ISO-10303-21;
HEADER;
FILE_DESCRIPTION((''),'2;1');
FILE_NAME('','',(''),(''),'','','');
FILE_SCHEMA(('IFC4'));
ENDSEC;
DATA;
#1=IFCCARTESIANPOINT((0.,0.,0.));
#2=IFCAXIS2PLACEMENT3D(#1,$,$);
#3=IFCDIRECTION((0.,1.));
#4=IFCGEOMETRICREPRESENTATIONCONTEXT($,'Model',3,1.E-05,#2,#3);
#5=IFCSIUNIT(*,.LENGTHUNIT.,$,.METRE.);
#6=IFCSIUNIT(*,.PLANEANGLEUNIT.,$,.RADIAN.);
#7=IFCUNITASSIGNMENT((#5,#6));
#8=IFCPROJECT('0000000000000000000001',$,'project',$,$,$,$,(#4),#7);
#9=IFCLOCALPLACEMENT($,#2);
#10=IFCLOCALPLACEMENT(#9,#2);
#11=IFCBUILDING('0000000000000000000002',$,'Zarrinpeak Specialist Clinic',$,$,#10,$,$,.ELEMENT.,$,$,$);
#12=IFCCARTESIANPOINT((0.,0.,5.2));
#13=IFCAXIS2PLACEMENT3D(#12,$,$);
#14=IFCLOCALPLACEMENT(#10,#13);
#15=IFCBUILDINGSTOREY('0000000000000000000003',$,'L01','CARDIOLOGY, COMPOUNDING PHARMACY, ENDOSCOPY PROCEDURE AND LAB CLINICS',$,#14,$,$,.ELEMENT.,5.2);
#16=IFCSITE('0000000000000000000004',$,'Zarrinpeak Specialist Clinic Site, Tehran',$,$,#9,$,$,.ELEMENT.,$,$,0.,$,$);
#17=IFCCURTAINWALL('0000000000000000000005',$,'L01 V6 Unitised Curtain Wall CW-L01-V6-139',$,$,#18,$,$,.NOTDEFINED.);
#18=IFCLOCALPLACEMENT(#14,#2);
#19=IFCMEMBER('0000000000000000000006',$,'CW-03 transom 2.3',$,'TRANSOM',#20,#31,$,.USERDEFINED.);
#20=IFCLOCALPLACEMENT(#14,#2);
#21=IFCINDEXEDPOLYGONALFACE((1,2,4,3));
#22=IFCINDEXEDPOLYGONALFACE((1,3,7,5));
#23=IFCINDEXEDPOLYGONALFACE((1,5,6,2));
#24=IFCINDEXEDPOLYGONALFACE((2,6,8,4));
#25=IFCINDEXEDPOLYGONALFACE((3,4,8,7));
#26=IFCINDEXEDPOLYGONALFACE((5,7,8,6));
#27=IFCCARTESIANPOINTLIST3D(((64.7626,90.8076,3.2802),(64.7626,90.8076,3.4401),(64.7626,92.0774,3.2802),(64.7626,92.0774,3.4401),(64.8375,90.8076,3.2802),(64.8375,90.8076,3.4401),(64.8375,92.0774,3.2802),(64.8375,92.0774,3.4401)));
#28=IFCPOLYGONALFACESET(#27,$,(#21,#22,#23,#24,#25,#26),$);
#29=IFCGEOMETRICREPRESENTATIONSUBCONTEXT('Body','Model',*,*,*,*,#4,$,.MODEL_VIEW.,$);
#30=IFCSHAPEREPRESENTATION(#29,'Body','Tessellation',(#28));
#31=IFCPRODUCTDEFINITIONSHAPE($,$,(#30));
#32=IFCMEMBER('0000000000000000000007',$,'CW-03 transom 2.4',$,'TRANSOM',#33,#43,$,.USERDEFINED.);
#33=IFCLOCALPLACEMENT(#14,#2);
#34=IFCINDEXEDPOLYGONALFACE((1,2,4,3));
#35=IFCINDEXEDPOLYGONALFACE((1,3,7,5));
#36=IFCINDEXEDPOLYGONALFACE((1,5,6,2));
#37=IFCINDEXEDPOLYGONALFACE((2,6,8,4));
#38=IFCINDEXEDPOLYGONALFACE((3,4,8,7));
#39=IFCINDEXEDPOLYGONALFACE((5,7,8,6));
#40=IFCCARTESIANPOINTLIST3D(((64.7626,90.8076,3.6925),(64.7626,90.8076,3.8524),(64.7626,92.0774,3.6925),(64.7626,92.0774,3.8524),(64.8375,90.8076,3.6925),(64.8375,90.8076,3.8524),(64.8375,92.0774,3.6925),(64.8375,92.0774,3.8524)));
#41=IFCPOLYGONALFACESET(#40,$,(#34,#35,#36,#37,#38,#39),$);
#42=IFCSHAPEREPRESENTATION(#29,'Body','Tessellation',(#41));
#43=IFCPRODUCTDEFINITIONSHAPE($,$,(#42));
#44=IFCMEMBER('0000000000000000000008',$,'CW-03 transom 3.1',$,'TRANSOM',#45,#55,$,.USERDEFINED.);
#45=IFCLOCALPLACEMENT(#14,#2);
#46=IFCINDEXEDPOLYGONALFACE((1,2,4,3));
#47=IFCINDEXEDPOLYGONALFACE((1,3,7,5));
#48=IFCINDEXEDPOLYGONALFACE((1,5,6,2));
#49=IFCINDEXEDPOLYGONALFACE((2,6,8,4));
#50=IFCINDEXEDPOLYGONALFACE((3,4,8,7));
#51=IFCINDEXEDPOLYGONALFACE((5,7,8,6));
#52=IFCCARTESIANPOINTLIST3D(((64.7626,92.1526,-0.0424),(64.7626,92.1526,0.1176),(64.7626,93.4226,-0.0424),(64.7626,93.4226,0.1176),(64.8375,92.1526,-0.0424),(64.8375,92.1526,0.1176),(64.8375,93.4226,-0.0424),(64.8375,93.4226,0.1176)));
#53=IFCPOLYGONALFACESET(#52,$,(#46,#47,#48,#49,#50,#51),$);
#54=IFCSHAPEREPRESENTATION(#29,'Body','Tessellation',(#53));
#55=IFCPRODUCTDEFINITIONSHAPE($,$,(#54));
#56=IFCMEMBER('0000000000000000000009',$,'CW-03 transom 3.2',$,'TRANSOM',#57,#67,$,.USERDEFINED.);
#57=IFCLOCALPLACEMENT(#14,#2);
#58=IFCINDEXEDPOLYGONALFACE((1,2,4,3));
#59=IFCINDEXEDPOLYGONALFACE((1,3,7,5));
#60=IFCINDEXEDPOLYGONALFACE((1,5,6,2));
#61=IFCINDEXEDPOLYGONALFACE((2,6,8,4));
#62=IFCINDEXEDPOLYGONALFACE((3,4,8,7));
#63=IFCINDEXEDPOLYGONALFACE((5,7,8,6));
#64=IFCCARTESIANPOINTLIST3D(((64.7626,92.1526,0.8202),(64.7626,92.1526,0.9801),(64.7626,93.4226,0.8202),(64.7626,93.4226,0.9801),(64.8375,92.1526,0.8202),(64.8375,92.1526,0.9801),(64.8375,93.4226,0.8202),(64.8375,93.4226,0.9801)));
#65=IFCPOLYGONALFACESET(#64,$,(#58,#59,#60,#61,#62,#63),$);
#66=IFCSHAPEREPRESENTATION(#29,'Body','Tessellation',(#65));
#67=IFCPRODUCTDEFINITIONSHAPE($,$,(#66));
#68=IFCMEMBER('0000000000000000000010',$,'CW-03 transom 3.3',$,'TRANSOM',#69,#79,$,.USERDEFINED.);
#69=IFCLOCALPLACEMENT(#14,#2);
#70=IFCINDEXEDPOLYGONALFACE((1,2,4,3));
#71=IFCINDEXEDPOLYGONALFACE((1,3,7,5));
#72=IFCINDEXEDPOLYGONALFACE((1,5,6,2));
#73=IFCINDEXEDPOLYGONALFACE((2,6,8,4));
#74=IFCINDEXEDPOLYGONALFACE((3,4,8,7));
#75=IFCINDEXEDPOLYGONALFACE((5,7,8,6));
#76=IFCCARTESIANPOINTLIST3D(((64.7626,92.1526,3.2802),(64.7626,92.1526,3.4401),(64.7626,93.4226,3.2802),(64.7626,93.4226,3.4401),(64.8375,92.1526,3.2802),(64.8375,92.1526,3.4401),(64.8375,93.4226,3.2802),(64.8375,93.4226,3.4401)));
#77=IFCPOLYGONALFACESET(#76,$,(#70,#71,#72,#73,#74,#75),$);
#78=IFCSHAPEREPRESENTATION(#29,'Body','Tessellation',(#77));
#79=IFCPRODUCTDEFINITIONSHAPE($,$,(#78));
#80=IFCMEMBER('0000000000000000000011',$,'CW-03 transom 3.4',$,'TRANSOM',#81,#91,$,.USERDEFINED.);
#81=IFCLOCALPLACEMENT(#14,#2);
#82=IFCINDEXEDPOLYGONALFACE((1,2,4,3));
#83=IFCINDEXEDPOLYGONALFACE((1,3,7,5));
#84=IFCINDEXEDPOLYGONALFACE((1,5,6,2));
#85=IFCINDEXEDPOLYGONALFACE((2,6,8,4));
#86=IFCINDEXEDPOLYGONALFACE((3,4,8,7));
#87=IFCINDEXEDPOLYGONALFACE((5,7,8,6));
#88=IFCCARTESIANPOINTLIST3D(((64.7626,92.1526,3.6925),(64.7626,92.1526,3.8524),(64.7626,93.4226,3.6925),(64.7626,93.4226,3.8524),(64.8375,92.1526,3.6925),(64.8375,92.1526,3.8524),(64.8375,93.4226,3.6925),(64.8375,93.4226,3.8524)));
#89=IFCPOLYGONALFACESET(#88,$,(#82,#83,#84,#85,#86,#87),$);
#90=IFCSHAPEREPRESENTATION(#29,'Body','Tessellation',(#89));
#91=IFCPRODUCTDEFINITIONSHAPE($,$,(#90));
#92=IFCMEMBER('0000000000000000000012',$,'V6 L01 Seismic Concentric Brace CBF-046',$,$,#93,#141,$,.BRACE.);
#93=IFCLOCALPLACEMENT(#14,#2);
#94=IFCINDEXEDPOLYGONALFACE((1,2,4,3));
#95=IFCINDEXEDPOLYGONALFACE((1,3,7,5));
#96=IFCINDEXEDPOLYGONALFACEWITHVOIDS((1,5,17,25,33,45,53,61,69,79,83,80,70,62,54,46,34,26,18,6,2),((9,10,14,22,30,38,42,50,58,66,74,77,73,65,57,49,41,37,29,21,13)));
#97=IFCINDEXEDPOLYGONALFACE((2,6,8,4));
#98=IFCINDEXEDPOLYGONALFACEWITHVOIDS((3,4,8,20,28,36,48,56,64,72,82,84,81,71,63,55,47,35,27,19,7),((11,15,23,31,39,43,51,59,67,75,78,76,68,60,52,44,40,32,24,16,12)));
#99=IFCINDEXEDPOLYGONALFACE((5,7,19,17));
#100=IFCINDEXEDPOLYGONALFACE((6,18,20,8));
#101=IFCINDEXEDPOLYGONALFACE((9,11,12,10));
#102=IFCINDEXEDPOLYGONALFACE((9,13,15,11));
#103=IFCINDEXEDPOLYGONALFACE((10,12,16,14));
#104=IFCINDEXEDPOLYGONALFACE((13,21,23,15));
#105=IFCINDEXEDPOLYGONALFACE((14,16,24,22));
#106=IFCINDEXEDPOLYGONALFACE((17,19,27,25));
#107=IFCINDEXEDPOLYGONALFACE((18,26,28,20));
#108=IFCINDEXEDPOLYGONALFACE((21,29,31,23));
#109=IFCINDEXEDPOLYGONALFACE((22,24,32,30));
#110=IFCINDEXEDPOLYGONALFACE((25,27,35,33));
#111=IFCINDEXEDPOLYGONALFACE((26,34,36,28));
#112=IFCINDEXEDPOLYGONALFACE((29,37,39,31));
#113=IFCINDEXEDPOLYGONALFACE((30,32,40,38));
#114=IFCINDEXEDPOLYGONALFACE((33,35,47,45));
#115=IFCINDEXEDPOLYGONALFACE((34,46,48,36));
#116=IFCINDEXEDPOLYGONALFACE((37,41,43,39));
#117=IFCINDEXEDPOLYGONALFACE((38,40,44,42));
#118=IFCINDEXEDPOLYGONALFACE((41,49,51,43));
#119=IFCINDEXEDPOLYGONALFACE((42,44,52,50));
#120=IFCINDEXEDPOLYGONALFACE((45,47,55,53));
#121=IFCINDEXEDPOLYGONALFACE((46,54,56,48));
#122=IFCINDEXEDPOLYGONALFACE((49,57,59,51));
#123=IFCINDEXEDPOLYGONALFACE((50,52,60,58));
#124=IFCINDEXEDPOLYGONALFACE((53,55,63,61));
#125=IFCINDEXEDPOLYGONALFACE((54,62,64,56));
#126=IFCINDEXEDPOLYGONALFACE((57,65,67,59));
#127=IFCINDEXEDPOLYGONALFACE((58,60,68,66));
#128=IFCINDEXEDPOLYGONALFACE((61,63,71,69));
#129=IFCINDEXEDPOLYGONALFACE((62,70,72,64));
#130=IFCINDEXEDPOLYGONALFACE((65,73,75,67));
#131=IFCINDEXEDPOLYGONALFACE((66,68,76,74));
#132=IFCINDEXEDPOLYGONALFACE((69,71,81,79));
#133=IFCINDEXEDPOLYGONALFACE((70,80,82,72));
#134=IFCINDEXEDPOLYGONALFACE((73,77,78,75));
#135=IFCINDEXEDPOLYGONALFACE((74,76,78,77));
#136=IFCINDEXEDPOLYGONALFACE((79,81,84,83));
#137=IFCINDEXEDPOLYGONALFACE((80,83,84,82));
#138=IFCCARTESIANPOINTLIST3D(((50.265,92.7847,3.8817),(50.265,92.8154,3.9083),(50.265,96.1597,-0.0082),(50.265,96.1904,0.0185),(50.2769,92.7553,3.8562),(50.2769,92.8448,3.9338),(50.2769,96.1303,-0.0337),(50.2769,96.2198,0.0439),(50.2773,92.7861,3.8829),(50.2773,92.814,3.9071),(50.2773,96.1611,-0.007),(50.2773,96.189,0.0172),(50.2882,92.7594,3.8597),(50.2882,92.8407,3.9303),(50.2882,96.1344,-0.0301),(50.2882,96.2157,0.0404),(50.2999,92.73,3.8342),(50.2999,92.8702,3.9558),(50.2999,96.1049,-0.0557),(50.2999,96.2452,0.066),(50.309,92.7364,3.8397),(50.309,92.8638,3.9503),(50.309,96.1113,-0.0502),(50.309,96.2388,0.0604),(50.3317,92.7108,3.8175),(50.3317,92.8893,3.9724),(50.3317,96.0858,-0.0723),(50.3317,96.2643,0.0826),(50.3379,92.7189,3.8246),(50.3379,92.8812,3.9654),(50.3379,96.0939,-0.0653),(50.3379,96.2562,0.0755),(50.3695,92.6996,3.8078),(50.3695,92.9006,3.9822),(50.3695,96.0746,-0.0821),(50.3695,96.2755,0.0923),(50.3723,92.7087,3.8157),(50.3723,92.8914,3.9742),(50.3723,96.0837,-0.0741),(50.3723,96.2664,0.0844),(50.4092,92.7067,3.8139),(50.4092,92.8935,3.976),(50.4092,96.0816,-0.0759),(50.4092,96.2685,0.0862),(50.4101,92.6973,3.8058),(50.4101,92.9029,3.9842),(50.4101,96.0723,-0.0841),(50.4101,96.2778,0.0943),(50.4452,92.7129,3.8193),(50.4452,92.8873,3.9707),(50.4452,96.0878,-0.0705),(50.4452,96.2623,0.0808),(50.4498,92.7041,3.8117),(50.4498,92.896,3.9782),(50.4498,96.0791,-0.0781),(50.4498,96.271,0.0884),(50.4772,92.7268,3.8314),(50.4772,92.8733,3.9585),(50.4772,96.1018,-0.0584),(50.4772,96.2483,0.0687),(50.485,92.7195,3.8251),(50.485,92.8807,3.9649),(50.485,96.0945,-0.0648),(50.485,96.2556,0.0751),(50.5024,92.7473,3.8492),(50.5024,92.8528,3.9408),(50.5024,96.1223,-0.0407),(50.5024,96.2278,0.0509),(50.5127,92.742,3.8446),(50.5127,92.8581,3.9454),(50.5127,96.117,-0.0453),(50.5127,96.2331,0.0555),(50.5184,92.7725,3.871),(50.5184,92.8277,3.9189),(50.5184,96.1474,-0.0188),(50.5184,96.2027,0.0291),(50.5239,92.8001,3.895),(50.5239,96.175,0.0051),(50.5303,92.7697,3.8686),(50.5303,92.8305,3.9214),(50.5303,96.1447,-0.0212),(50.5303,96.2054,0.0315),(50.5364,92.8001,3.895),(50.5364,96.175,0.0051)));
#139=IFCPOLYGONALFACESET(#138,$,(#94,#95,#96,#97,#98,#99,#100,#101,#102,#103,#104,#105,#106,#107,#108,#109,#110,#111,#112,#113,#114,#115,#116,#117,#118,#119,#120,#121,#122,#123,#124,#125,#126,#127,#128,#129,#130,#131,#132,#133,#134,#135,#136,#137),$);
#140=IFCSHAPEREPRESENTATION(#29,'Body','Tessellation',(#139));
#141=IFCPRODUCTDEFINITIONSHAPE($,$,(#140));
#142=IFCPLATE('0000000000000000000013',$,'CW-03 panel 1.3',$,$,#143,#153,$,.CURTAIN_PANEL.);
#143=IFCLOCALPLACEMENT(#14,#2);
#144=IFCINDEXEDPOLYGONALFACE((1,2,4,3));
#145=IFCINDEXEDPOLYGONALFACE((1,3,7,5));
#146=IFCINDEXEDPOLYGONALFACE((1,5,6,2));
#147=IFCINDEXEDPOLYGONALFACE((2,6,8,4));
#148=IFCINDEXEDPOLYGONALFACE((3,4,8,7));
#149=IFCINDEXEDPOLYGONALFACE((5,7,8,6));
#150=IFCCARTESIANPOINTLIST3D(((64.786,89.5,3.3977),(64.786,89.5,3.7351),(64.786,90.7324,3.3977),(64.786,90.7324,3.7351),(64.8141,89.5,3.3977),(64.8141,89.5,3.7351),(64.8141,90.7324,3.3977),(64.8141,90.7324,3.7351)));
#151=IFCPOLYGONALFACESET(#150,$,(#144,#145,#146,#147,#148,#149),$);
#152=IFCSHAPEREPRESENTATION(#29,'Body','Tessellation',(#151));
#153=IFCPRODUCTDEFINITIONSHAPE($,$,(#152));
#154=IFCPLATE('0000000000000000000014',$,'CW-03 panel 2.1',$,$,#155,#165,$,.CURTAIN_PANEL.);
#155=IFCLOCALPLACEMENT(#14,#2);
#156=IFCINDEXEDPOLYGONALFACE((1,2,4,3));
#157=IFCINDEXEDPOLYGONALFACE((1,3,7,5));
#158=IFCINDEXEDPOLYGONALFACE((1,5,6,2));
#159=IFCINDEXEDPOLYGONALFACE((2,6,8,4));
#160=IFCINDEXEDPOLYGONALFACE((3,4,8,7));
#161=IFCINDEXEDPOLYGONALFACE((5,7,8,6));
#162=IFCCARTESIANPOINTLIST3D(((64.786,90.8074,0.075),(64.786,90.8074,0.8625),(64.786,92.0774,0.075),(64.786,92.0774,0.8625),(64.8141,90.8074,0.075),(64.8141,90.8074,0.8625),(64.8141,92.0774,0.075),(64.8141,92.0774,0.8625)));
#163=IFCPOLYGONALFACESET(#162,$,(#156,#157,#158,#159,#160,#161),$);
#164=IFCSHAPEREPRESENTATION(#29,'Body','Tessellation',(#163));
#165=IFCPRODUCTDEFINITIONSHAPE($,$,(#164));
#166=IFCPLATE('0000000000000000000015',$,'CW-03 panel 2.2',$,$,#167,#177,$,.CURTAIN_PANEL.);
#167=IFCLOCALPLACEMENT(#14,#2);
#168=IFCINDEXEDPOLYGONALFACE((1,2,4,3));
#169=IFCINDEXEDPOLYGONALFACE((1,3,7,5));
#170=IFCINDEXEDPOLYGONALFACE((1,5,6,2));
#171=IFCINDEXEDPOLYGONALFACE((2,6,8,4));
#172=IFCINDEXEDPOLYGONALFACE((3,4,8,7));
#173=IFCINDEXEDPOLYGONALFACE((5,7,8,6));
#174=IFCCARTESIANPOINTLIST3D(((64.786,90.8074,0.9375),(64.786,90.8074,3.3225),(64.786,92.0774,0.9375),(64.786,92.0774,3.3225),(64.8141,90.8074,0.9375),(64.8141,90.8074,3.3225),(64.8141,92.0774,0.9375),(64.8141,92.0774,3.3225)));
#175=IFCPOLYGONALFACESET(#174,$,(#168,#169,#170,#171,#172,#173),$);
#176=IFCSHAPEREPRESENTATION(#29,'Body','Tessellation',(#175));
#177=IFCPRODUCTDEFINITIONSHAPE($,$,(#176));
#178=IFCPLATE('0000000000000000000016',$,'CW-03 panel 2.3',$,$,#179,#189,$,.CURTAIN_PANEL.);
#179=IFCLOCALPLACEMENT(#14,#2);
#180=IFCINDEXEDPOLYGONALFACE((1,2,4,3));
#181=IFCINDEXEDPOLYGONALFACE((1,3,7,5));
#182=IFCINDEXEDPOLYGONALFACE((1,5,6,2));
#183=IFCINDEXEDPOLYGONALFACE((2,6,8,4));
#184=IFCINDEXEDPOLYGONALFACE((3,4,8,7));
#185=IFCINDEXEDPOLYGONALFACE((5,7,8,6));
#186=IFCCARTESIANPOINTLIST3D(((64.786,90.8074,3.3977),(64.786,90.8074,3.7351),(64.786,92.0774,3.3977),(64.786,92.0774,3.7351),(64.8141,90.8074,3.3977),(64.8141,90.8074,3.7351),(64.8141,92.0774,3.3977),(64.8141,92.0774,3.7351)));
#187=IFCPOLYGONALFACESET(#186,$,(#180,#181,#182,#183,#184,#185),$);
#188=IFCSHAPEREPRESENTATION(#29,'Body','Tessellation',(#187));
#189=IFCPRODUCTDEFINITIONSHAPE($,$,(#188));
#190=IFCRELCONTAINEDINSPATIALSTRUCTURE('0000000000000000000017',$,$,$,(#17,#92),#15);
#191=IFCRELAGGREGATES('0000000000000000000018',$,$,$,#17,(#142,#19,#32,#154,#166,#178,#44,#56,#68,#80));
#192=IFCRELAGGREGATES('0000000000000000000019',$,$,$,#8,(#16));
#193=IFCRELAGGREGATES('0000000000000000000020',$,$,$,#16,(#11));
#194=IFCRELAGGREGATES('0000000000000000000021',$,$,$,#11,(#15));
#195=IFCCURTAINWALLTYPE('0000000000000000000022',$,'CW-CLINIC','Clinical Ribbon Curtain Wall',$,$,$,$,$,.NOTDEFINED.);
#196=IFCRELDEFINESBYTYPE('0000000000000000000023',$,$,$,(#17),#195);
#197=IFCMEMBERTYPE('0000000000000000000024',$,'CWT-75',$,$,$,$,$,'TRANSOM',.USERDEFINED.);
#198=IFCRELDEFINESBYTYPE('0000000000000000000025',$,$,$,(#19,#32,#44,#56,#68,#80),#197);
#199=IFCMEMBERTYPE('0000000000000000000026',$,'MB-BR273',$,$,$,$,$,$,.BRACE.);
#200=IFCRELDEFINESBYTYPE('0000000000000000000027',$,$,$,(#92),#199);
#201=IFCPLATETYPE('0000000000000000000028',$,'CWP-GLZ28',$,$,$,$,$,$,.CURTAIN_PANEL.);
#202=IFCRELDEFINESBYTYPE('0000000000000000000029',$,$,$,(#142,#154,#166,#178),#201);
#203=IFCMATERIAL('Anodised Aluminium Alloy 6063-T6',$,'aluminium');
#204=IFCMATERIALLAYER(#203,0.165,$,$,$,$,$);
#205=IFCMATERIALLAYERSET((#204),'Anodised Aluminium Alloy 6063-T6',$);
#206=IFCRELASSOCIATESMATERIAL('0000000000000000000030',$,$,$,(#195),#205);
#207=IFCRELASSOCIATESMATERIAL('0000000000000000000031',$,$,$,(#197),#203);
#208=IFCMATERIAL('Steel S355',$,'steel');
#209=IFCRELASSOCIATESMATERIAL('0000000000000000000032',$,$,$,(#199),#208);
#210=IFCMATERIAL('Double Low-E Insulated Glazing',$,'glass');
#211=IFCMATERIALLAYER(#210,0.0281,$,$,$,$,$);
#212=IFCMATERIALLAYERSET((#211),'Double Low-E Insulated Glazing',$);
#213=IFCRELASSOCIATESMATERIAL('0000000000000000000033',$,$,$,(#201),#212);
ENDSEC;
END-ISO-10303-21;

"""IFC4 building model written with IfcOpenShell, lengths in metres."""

from ifc_helpers import new_model, si_unit, direction, frame, origin, origin_2d, place, context, subcontext, project, spatial, rectangle, hollow_circle, extrude, material, layer, layer_set, material_profile, profile_set, type_object, element, aggregate, save


model = new_model("IFC4")

# Units and contexts
model_context = context("Model", 3, precision=1e-05, world=origin(), true_north=direction((0.0, 1.0)))
body_context = subcontext(model_context, "Body", "Model", "MODEL_VIEW")
ifc_project = project(units=[si_unit("LENGTHUNIT", "METRE"), si_unit("PLANEANGLEUNIT", "RADIAN")], contexts=[model_context])

# Site, building, storey
site_placement = place(None, origin())
site = spatial("IfcSite", under=ifc_project, at=site_placement, Name="Zarrinpeak Specialist Clinic Site, Tehran", CompositionType="ELEMENT", RefElevation=0.0)
building_placement = place(site_placement, origin())
building = spatial("IfcBuilding", under=site, at=building_placement, Name="Zarrinpeak Specialist Clinic", CompositionType="ELEMENT")
storey_placement = place(building_placement, frame((0.0, 0.0, 5.2)))
storey = spatial("IfcBuildingStorey", under=building, at=storey_placement, Name="L01", Description="CARDIOLOGY, COMPOUNDING PHARMACY, ENDOSCOPY PROCEDURE AND LAB CLINICS", CompositionType="ELEMENT", Elevation=5.2)

# Shared definitions
ifc_material_1 = material(Name="Steel S355", Category="steel")

# Curtain wall, members
ifc_material_2 = material(Name="Anodised Aluminium Alloy 6063-T6", Category="aluminium")
ifc_layer_1 = layer(ifc_material_2, 0.165)
ifc_layer_set_1 = layer_set([ifc_layer_1], Name="Anodised Aluminium Alloy 6063-T6")
curtain_wall_type = type_object("IfcCurtainWallType", Name="CW-CLINIC", Description="Clinical Ribbon Curtain Wall", PredefinedType="NOTDEFINED", material=ifc_layer_set_1)
curtain_wall_placement = place(storey_placement, origin())
curtain_wall = element("IfcCurtainWall", 1, at=curtain_wall_placement, inside=storey, type_object=curtain_wall_type, Name="L01 V6 Unitised Curtain Wall CW-L01-V6-139", PredefinedType="NOTDEFINED")
ifc_material_profile_1 = material_profile(ifc_material_2, rectangle(XDim=0.075, YDim=0.1599, at=origin_2d()), Name="ALU 75x160")
ifc_profile_set_1 = profile_set([ifc_material_profile_1], Name="Anodised Aluminium Alloy 6063-T6")
member_type_1 = type_object("IfcMemberType", Name="CWT-75", ElementType="TRANSOM", PredefinedType="USERDEFINED", material=ifc_profile_set_1)
member_1_placement = place(storey_placement, frame((64.8, 90.8076, 3.3601), z_axis=(0.0, 1.0, 0.0), x_axis=(-1.0, 0.0, 0.0)))
member_1 = element("IfcMember", 2, at=member_1_placement, type_object=member_type_1, Name="CW-03 transom 2.3", ObjectType="TRANSOM", PredefinedType="USERDEFINED", context=body_context, shape_type="SweptSolid", body=[
    extrude(rectangle(XDim=0.075, YDim=0.1599, at=origin_2d()), origin(), (0.0, 0.0, 1.0), 1.2698),
])
member_2_placement = place(storey_placement, frame((64.8, 90.8076, 3.7725), z_axis=(0.0, 1.0, 0.0), x_axis=(-1.0, 0.0, 0.0)))
member_2 = element("IfcMember", 3, at=member_2_placement, type_object=member_type_1, Name="CW-03 transom 2.4", ObjectType="TRANSOM", PredefinedType="USERDEFINED", context=body_context, shape_type="SweptSolid", body=[
    extrude(rectangle(XDim=0.075, YDim=0.1599, at=origin_2d()), origin(), (0.0, 0.0, 1.0), 1.2698),
])
member_3_placement = place(storey_placement, frame((64.8, 92.1526, 0.0376), z_axis=(0.0, 1.0, 0.0), x_axis=(-1.0, 0.0, 0.0)))
member_3 = element("IfcMember", 4, at=member_3_placement, type_object=member_type_1, Name="CW-03 transom 3.1", ObjectType="TRANSOM", PredefinedType="USERDEFINED", context=body_context, shape_type="SweptSolid", body=[
    extrude(rectangle(XDim=0.075, YDim=0.1599, at=origin_2d()), origin(), (0.0, 0.0, 1.0), 1.27),
])
member_4_placement = place(storey_placement, frame((64.8, 92.1526, 0.9001), z_axis=(0.0, 1.0, 0.0), x_axis=(-1.0, 0.0, 0.0)))
member_4 = element("IfcMember", 5, at=member_4_placement, type_object=member_type_1, Name="CW-03 transom 3.2", ObjectType="TRANSOM", PredefinedType="USERDEFINED", context=body_context, shape_type="SweptSolid", body=[
    extrude(rectangle(XDim=0.075, YDim=0.1599, at=origin_2d()), origin(), (0.0, 0.0, 1.0), 1.27),
])
member_5_placement = place(storey_placement, frame((64.8, 92.1526, 3.3601), z_axis=(0.0, 1.0, 0.0), x_axis=(-1.0, 0.0, 0.0)))
member_5 = element("IfcMember", 6, at=member_5_placement, type_object=member_type_1, Name="CW-03 transom 3.3", ObjectType="TRANSOM", PredefinedType="USERDEFINED", context=body_context, shape_type="SweptSolid", body=[
    extrude(rectangle(XDim=0.075, YDim=0.1599, at=origin_2d()), origin(), (0.0, 0.0, 1.0), 1.27),
])
member_6_placement = place(storey_placement, frame((64.8, 92.1526, 3.7725), z_axis=(0.0, 1.0, 0.0), x_axis=(-1.0, 0.0, 0.0)))
member_6 = element("IfcMember", 7, at=member_6_placement, type_object=member_type_1, Name="CW-03 transom 3.4", ObjectType="TRANSOM", PredefinedType="USERDEFINED", context=body_context, shape_type="SweptSolid", body=[
    extrude(rectangle(XDim=0.075, YDim=0.1599, at=origin_2d()), origin(), (0.0, 0.0, 1.0), 1.27),
])

# Member
ifc_material_profile_2 = material_profile(ifc_material_1, hollow_circle(Radius=0.1365, WallThickness=0.0125, at=origin_2d()), Name="CHS 273.0x12.5")
ifc_profile_set_2 = profile_set([ifc_material_profile_2], Name="Steel S355")
member_type_2 = type_object("IfcMemberType", Name="MB-BR273", PredefinedType="BRACE", material=ifc_profile_set_2)
member_7_placement = place(storey_placement, frame((50.3999, 96.175, 0.0051), z_axis=(0.0, -0.655347, 0.755328), x_axis=(1.0, 0.0, 0.0)))
element("IfcMember", 8, at=member_7_placement, inside=storey, type_object=member_type_2, Name="V6 L01 Seismic Concentric Brace CBF-046", PredefinedType="BRACE", context=body_context, shape_type="SweptSolid", body=[
    extrude(hollow_circle(Radius=0.1365, WallThickness=0.0125, at=origin_2d()), origin(), (0.0, 0.0, 1.0), 5.1499),
])

# Plates
ifc_material_3 = material(Name="Double Low-E Insulated Glazing", Category="glass")
ifc_layer_2 = layer(ifc_material_3, 0.0281)
ifc_layer_set_2 = layer_set([ifc_layer_2], Name="Double Low-E Insulated Glazing")
plate_type_1 = type_object("IfcPlateType", Name="CWP-GLZ28", PredefinedType="CURTAIN_PANEL", material=ifc_layer_set_2)
plate_1_placement = place(storey_placement, frame((64.8, 90.1162, 3.3977), z_axis=(0.0, 0.0, 1.0), x_axis=(0.0, 1.0, 0.0)))
plate_1 = element("IfcPlate", 9, at=plate_1_placement, type_object=plate_type_1, Name="CW-03 panel 1.3", PredefinedType="CURTAIN_PANEL", context=body_context, shape_type="SweptSolid", body=[
    extrude(rectangle(XDim=1.2324, YDim=0.0281, at=origin_2d()), origin(), (0.0, 0.0, 1.0), 0.3374),
])
plate_2_placement = place(storey_placement, frame((64.8, 91.4424, 0.075), z_axis=(0.0, 0.0, 1.0), x_axis=(0.0, 1.0, 0.0)))
plate_2 = element("IfcPlate", 10, at=plate_2_placement, type_object=plate_type_1, Name="CW-03 panel 2.1", PredefinedType="CURTAIN_PANEL", context=body_context, shape_type="SweptSolid", body=[
    extrude(rectangle(XDim=1.27, YDim=0.0281, at=origin_2d()), origin(), (0.0, 0.0, 1.0), 0.7876),
])
plate_3_placement = place(storey_placement, frame((64.8, 91.4424, 0.9375), z_axis=(0.0, 0.0, 1.0), x_axis=(0.0, 1.0, 0.0)))
plate_3 = element("IfcPlate", 11, at=plate_3_placement, type_object=plate_type_1, Name="CW-03 panel 2.2", PredefinedType="CURTAIN_PANEL", context=body_context, shape_type="SweptSolid", body=[
    extrude(rectangle(XDim=1.27, YDim=0.0281, at=origin_2d()), origin(), (0.0, 0.0, 1.0), 2.385),
])
plate_4_placement = place(storey_placement, frame((64.8, 91.4424, 3.3977), z_axis=(0.0, 0.0, 1.0), x_axis=(0.0, 1.0, 0.0)))
plate_4 = element("IfcPlate", 12, at=plate_4_placement, type_object=plate_type_1, Name="CW-03 panel 2.3", PredefinedType="CURTAIN_PANEL", context=body_context, shape_type="SweptSolid", body=[
    extrude(rectangle(XDim=1.27, YDim=0.0281, at=origin_2d()), origin(), (0.0, 0.0, 1.0), 0.3374),
])
aggregate(curtain_wall, [plate_1, member_1, member_2, plate_2, plate_3, plate_4, member_3, member_4, member_5, member_6])

save(model, "model.ifc")
